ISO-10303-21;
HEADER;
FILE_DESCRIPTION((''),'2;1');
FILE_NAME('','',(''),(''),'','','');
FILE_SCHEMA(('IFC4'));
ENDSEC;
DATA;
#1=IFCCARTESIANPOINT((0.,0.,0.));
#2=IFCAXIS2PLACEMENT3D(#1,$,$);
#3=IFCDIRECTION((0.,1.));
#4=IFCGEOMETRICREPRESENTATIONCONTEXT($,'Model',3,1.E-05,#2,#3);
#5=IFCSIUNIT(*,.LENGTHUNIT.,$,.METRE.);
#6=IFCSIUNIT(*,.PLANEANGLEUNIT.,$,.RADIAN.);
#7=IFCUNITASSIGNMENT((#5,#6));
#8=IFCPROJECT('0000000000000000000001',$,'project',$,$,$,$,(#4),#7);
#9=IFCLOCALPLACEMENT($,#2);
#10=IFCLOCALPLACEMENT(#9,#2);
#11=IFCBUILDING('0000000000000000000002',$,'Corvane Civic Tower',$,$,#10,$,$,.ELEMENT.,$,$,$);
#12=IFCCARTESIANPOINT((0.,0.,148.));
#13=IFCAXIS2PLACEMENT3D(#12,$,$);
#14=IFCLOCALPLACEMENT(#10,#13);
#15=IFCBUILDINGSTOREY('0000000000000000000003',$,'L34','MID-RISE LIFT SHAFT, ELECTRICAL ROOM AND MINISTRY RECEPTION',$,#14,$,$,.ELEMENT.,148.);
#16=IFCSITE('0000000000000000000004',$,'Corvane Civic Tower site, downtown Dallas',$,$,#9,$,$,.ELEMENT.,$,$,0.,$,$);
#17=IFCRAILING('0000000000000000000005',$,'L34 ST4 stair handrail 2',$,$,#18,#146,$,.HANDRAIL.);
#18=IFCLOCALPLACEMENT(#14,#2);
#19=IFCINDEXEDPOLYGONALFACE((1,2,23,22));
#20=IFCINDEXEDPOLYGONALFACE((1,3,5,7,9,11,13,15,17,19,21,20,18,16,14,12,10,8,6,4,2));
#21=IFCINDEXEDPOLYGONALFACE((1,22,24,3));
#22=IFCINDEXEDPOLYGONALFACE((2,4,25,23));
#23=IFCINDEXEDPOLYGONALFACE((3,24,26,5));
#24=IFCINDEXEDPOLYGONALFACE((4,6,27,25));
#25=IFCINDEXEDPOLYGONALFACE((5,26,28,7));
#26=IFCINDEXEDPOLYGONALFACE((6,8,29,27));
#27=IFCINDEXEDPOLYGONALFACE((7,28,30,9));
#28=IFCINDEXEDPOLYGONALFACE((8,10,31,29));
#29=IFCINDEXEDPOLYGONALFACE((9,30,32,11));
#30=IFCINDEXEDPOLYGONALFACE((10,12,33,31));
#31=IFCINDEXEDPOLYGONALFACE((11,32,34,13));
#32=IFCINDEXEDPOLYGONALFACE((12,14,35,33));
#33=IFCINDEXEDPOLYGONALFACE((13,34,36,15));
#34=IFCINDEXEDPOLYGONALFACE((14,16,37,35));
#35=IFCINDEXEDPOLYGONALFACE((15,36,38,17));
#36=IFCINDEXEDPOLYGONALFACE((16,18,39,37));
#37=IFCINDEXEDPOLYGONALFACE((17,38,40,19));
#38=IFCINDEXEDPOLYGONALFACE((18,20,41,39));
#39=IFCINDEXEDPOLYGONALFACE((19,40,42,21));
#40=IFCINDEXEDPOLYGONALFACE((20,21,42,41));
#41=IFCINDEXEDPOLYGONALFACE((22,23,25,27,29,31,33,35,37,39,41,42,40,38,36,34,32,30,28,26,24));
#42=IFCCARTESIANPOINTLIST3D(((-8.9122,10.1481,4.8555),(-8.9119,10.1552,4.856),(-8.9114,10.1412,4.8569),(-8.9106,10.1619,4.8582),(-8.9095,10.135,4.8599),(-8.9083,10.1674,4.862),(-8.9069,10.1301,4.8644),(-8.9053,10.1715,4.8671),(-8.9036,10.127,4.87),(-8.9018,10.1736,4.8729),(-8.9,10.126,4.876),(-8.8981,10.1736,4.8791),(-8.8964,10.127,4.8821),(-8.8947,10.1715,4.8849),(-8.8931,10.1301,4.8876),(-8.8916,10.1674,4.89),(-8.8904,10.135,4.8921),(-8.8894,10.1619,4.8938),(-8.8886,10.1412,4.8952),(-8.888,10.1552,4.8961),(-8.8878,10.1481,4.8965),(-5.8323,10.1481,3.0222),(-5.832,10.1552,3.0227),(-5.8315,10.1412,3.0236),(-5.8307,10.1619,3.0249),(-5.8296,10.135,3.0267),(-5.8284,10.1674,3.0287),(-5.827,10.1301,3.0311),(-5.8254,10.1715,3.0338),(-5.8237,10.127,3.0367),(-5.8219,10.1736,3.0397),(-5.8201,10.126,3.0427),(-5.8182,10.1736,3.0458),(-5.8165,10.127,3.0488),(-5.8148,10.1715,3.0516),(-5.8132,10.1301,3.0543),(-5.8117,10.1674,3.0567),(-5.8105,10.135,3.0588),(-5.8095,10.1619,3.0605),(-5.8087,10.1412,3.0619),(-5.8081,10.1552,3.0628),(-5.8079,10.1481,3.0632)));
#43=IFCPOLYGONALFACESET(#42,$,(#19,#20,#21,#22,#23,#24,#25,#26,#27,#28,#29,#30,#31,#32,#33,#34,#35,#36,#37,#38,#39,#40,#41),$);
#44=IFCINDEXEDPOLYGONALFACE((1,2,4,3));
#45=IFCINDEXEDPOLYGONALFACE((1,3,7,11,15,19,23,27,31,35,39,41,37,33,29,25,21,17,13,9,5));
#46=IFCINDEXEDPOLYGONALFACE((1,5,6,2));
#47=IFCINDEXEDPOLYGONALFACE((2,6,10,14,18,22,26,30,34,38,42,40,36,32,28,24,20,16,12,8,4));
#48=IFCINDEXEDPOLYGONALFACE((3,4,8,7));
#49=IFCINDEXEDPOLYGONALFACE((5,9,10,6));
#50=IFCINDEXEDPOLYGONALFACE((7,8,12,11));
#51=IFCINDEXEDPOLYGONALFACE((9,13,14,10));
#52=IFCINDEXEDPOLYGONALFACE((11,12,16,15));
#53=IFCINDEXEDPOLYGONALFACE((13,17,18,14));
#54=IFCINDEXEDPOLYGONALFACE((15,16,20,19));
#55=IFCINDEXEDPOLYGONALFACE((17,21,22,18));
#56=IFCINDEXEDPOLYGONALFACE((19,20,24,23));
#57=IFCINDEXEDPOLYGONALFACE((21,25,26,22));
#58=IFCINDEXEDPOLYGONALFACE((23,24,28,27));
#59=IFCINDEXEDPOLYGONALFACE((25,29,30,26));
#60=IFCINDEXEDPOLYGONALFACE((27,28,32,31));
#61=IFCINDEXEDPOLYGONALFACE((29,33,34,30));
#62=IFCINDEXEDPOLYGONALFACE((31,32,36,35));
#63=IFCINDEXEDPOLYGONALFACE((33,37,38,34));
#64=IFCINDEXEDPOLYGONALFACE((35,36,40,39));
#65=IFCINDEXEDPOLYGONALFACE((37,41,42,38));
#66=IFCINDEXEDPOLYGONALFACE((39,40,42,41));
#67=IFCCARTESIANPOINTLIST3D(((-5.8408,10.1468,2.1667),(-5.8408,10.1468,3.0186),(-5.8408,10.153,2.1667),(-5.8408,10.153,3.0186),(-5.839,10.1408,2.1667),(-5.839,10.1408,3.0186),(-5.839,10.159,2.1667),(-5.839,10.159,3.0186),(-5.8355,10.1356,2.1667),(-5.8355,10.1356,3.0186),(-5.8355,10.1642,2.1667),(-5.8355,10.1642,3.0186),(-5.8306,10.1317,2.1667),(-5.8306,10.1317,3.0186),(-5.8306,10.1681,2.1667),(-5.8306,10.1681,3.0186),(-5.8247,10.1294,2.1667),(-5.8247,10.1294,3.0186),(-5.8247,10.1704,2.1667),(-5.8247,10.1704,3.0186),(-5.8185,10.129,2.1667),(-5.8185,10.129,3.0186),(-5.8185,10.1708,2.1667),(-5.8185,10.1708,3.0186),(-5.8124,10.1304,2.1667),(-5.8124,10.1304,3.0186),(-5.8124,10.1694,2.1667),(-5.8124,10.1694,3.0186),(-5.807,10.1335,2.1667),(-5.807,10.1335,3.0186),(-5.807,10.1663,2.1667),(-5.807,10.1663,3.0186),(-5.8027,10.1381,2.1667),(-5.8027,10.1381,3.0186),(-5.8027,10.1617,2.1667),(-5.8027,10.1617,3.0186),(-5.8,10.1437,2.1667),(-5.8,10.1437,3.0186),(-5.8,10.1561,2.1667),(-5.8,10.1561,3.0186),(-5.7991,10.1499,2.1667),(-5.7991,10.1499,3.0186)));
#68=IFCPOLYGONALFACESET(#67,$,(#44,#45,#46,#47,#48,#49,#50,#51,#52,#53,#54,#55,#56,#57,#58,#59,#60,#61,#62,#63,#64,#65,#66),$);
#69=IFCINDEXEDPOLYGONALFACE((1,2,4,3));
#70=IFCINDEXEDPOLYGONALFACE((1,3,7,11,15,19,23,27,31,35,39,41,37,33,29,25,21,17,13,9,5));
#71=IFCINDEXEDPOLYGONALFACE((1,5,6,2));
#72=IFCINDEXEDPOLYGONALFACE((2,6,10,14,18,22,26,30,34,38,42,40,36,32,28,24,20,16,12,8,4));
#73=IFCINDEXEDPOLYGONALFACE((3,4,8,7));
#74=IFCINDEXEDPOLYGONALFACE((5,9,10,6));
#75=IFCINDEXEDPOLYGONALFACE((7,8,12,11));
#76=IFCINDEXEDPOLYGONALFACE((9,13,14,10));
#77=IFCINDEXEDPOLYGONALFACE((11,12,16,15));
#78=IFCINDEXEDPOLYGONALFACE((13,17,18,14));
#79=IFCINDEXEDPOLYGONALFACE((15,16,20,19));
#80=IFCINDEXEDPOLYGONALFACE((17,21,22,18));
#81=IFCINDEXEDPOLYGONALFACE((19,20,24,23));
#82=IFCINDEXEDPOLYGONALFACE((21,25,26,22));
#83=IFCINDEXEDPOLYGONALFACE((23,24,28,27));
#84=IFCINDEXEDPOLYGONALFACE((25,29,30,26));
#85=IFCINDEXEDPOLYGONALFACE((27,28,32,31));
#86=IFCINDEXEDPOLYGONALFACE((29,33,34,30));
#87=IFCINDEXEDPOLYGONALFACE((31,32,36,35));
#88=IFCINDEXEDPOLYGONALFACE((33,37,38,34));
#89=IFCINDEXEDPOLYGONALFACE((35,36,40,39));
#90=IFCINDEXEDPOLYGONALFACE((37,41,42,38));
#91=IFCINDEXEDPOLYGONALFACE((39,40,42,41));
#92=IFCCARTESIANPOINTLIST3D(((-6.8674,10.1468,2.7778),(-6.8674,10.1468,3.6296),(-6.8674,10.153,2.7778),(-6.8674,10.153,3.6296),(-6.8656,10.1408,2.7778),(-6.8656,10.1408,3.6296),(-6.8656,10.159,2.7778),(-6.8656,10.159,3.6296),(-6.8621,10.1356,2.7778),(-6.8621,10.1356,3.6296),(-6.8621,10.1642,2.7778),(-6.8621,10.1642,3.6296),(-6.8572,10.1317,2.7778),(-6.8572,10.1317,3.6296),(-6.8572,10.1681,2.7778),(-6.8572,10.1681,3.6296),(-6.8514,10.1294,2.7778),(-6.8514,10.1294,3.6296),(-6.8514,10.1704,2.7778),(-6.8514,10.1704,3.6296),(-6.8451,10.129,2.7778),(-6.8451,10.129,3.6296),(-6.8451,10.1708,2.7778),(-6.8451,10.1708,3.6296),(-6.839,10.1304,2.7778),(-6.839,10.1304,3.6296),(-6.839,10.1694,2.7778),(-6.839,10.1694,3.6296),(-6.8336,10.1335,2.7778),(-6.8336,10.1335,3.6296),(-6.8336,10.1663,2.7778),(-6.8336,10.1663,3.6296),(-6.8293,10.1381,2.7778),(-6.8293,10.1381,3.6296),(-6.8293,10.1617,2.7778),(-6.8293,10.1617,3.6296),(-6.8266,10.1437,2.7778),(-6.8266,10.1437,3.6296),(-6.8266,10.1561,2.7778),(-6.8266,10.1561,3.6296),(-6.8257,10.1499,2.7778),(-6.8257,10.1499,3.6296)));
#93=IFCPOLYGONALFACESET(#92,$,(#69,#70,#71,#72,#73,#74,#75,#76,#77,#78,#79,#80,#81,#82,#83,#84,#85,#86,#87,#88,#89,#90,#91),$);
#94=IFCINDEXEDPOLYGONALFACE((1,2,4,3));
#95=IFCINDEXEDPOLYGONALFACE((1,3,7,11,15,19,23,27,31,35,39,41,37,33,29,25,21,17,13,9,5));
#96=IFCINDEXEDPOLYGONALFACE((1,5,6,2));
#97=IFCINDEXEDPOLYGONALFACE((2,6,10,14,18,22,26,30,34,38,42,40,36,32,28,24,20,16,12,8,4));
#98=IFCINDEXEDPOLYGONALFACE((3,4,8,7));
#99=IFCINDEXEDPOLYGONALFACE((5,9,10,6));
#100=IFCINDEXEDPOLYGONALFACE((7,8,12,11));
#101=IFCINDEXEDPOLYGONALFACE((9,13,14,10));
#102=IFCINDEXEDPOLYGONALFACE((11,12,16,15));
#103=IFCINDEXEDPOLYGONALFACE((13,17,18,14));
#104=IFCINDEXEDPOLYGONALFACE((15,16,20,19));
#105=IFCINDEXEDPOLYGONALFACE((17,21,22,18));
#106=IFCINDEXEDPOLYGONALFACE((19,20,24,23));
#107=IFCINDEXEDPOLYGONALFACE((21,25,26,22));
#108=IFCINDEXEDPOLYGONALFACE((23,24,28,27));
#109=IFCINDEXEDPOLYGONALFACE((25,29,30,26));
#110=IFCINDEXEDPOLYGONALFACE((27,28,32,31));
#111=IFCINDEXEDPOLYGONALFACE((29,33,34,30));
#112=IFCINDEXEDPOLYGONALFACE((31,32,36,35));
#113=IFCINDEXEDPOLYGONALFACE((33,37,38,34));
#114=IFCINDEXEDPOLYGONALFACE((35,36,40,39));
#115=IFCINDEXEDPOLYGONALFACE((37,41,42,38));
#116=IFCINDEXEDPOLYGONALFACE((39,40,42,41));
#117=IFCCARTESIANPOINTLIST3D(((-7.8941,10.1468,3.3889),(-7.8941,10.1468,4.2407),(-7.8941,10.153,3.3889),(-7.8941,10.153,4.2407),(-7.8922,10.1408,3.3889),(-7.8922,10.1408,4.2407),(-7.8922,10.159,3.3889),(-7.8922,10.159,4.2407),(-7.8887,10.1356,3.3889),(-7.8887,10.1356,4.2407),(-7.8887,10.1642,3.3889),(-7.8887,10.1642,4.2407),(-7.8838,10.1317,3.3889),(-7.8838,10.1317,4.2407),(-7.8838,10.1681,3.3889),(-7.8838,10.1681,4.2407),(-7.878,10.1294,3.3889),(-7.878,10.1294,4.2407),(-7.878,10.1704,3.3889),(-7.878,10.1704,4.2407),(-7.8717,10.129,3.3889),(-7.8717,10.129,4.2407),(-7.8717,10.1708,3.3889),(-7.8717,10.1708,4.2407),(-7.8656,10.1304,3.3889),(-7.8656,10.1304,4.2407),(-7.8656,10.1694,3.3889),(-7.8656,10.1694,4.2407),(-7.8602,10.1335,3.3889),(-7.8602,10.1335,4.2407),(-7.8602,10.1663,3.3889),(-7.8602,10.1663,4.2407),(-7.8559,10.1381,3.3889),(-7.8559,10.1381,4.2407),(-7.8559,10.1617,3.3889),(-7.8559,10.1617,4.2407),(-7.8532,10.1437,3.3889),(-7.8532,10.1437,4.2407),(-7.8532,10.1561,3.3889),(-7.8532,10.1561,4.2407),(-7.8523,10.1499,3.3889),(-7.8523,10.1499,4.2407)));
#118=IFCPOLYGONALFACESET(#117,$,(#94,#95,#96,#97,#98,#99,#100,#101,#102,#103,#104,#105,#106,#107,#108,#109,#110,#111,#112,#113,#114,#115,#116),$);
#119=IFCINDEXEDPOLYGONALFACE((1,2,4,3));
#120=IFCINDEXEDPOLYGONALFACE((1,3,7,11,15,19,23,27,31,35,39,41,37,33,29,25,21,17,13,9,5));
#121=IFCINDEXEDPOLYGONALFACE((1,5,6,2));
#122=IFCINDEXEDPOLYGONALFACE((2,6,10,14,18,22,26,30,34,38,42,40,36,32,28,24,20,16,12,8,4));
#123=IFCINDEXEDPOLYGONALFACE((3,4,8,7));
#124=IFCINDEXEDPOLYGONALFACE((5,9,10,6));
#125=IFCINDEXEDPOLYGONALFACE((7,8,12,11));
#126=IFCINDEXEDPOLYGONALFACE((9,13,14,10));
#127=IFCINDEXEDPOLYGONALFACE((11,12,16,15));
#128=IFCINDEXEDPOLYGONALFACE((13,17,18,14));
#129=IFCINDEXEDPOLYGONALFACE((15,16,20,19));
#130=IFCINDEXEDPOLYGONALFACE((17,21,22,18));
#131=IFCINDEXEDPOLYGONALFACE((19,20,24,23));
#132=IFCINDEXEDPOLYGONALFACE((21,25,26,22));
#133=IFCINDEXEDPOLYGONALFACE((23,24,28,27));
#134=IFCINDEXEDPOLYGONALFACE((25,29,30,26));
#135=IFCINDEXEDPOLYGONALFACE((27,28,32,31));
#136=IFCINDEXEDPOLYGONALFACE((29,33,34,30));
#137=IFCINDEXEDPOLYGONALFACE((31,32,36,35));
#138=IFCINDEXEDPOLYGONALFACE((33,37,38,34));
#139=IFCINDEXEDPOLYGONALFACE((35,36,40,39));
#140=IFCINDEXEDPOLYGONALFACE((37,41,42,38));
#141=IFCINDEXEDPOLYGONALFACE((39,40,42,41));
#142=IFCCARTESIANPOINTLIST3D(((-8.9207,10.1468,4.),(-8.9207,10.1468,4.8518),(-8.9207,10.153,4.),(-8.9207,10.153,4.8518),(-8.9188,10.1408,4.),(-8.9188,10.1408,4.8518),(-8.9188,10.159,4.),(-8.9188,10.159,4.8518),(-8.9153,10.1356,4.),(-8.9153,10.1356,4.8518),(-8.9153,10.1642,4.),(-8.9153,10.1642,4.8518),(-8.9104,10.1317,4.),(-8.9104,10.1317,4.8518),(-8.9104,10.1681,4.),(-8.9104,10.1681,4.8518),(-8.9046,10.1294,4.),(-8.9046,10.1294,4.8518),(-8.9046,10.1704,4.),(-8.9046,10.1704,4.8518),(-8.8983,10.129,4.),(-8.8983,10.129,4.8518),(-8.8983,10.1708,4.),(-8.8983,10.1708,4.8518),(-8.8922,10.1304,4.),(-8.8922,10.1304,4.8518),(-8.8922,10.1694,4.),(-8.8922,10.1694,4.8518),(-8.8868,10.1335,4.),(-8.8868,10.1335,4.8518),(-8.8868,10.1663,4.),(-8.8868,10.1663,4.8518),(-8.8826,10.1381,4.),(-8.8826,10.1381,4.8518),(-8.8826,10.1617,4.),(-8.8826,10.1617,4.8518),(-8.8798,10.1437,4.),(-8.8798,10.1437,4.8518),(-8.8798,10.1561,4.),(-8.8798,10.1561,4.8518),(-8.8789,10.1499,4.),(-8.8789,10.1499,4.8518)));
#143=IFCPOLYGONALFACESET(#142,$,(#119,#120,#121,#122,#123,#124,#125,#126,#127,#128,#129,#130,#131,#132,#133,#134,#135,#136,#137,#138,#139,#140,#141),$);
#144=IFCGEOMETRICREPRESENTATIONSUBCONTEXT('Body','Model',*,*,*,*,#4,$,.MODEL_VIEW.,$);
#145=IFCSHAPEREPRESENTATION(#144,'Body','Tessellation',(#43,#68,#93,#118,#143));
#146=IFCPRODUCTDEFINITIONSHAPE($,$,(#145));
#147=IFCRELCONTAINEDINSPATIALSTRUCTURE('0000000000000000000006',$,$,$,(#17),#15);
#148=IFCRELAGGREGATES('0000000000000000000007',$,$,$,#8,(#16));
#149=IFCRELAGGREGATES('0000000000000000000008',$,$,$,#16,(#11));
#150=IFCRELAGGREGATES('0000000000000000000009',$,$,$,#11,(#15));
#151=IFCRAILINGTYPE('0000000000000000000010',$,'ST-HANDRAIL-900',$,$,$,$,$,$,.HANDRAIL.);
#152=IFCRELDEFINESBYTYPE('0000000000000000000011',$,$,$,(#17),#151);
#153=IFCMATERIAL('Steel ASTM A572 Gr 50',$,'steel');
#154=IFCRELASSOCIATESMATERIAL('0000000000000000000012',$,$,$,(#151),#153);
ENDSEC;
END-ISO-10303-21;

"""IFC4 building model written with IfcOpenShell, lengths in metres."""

from ifc_helpers import new_model, si_unit, direction, frame, origin, origin_2d, place, context, subcontext, project, spatial, circle, extrude, material, type_object, element, save


model = new_model("IFC4")

# Units and contexts
model_context = context("Model", 3, precision=1e-05, world=origin(), true_north=direction((0.0, 1.0)))
body_context = subcontext(model_context, "Body", "Model", "MODEL_VIEW")
ifc_project = project(units=[si_unit("LENGTHUNIT", "METRE"), si_unit("PLANEANGLEUNIT", "RADIAN")], contexts=[model_context])

# Site, building, storey
site_placement = place(None, origin())
site = spatial("IfcSite", under=ifc_project, at=site_placement, Name="Corvane Civic Tower site, downtown Dallas", CompositionType="ELEMENT", RefElevation=0.0)
building_placement = place(site_placement, origin())
building = spatial("IfcBuilding", under=site, at=building_placement, Name="Corvane Civic Tower", CompositionType="ELEMENT")
storey_placement = place(building_placement, frame((0.0, 0.0, 148.0)))
storey = spatial("IfcBuildingStorey", under=building, at=storey_placement, Name="L34", Description="MID-RISE LIFT SHAFT, ELECTRICAL ROOM AND MINISTRY RECEPTION", CompositionType="ELEMENT", Elevation=148.0)

# Railing
ifc_material_1 = material(Name="Steel ASTM A572 Gr 50", Category="steel")
railing_type_1 = type_object("IfcRailingType", Name="ST-HANDRAIL-900", PredefinedType="HANDRAIL", material=ifc_material_1)
railing_1_placement = place(storey_placement, frame((-5.8201, 10.1499, 2.1667)))
element("IfcRailing", 1, at=railing_1_placement, inside=storey, type_object=railing_type_1, Name="L34 ST4 stair handrail 2", PredefinedType="HANDRAIL", context=body_context, shape_type="SweptSolid", body=[
    extrude(circle(Radius=0.0239, at=origin_2d()), frame((0.0, 0.0, 0.876), z_axis=(-0.859291, 0.0, 0.511487), x_axis=(0.0, -1.0, 0.0)), (0.0, 0.0, 1.0), 3.5842),
    extrude(circle(Radius=0.021, at=origin_2d()), origin(), (0.0, 0.0, 1.0), 0.8518),
    extrude(circle(Radius=0.021, at=origin_2d()), frame((-1.0266, 0.0, 0.6111)), (0.0, 0.0, 1.0), 0.8518),
    extrude(circle(Radius=0.021, at=origin_2d()), frame((-2.0532, 0.0, 1.2222)), (0.0, 0.0, 1.0), 0.8518),
    extrude(circle(Radius=0.021, at=origin_2d()), frame((-3.0798, 0.0, 1.8333)), (0.0, 0.0, 1.0), 0.8518),
])

save(model, "model.ifc")
